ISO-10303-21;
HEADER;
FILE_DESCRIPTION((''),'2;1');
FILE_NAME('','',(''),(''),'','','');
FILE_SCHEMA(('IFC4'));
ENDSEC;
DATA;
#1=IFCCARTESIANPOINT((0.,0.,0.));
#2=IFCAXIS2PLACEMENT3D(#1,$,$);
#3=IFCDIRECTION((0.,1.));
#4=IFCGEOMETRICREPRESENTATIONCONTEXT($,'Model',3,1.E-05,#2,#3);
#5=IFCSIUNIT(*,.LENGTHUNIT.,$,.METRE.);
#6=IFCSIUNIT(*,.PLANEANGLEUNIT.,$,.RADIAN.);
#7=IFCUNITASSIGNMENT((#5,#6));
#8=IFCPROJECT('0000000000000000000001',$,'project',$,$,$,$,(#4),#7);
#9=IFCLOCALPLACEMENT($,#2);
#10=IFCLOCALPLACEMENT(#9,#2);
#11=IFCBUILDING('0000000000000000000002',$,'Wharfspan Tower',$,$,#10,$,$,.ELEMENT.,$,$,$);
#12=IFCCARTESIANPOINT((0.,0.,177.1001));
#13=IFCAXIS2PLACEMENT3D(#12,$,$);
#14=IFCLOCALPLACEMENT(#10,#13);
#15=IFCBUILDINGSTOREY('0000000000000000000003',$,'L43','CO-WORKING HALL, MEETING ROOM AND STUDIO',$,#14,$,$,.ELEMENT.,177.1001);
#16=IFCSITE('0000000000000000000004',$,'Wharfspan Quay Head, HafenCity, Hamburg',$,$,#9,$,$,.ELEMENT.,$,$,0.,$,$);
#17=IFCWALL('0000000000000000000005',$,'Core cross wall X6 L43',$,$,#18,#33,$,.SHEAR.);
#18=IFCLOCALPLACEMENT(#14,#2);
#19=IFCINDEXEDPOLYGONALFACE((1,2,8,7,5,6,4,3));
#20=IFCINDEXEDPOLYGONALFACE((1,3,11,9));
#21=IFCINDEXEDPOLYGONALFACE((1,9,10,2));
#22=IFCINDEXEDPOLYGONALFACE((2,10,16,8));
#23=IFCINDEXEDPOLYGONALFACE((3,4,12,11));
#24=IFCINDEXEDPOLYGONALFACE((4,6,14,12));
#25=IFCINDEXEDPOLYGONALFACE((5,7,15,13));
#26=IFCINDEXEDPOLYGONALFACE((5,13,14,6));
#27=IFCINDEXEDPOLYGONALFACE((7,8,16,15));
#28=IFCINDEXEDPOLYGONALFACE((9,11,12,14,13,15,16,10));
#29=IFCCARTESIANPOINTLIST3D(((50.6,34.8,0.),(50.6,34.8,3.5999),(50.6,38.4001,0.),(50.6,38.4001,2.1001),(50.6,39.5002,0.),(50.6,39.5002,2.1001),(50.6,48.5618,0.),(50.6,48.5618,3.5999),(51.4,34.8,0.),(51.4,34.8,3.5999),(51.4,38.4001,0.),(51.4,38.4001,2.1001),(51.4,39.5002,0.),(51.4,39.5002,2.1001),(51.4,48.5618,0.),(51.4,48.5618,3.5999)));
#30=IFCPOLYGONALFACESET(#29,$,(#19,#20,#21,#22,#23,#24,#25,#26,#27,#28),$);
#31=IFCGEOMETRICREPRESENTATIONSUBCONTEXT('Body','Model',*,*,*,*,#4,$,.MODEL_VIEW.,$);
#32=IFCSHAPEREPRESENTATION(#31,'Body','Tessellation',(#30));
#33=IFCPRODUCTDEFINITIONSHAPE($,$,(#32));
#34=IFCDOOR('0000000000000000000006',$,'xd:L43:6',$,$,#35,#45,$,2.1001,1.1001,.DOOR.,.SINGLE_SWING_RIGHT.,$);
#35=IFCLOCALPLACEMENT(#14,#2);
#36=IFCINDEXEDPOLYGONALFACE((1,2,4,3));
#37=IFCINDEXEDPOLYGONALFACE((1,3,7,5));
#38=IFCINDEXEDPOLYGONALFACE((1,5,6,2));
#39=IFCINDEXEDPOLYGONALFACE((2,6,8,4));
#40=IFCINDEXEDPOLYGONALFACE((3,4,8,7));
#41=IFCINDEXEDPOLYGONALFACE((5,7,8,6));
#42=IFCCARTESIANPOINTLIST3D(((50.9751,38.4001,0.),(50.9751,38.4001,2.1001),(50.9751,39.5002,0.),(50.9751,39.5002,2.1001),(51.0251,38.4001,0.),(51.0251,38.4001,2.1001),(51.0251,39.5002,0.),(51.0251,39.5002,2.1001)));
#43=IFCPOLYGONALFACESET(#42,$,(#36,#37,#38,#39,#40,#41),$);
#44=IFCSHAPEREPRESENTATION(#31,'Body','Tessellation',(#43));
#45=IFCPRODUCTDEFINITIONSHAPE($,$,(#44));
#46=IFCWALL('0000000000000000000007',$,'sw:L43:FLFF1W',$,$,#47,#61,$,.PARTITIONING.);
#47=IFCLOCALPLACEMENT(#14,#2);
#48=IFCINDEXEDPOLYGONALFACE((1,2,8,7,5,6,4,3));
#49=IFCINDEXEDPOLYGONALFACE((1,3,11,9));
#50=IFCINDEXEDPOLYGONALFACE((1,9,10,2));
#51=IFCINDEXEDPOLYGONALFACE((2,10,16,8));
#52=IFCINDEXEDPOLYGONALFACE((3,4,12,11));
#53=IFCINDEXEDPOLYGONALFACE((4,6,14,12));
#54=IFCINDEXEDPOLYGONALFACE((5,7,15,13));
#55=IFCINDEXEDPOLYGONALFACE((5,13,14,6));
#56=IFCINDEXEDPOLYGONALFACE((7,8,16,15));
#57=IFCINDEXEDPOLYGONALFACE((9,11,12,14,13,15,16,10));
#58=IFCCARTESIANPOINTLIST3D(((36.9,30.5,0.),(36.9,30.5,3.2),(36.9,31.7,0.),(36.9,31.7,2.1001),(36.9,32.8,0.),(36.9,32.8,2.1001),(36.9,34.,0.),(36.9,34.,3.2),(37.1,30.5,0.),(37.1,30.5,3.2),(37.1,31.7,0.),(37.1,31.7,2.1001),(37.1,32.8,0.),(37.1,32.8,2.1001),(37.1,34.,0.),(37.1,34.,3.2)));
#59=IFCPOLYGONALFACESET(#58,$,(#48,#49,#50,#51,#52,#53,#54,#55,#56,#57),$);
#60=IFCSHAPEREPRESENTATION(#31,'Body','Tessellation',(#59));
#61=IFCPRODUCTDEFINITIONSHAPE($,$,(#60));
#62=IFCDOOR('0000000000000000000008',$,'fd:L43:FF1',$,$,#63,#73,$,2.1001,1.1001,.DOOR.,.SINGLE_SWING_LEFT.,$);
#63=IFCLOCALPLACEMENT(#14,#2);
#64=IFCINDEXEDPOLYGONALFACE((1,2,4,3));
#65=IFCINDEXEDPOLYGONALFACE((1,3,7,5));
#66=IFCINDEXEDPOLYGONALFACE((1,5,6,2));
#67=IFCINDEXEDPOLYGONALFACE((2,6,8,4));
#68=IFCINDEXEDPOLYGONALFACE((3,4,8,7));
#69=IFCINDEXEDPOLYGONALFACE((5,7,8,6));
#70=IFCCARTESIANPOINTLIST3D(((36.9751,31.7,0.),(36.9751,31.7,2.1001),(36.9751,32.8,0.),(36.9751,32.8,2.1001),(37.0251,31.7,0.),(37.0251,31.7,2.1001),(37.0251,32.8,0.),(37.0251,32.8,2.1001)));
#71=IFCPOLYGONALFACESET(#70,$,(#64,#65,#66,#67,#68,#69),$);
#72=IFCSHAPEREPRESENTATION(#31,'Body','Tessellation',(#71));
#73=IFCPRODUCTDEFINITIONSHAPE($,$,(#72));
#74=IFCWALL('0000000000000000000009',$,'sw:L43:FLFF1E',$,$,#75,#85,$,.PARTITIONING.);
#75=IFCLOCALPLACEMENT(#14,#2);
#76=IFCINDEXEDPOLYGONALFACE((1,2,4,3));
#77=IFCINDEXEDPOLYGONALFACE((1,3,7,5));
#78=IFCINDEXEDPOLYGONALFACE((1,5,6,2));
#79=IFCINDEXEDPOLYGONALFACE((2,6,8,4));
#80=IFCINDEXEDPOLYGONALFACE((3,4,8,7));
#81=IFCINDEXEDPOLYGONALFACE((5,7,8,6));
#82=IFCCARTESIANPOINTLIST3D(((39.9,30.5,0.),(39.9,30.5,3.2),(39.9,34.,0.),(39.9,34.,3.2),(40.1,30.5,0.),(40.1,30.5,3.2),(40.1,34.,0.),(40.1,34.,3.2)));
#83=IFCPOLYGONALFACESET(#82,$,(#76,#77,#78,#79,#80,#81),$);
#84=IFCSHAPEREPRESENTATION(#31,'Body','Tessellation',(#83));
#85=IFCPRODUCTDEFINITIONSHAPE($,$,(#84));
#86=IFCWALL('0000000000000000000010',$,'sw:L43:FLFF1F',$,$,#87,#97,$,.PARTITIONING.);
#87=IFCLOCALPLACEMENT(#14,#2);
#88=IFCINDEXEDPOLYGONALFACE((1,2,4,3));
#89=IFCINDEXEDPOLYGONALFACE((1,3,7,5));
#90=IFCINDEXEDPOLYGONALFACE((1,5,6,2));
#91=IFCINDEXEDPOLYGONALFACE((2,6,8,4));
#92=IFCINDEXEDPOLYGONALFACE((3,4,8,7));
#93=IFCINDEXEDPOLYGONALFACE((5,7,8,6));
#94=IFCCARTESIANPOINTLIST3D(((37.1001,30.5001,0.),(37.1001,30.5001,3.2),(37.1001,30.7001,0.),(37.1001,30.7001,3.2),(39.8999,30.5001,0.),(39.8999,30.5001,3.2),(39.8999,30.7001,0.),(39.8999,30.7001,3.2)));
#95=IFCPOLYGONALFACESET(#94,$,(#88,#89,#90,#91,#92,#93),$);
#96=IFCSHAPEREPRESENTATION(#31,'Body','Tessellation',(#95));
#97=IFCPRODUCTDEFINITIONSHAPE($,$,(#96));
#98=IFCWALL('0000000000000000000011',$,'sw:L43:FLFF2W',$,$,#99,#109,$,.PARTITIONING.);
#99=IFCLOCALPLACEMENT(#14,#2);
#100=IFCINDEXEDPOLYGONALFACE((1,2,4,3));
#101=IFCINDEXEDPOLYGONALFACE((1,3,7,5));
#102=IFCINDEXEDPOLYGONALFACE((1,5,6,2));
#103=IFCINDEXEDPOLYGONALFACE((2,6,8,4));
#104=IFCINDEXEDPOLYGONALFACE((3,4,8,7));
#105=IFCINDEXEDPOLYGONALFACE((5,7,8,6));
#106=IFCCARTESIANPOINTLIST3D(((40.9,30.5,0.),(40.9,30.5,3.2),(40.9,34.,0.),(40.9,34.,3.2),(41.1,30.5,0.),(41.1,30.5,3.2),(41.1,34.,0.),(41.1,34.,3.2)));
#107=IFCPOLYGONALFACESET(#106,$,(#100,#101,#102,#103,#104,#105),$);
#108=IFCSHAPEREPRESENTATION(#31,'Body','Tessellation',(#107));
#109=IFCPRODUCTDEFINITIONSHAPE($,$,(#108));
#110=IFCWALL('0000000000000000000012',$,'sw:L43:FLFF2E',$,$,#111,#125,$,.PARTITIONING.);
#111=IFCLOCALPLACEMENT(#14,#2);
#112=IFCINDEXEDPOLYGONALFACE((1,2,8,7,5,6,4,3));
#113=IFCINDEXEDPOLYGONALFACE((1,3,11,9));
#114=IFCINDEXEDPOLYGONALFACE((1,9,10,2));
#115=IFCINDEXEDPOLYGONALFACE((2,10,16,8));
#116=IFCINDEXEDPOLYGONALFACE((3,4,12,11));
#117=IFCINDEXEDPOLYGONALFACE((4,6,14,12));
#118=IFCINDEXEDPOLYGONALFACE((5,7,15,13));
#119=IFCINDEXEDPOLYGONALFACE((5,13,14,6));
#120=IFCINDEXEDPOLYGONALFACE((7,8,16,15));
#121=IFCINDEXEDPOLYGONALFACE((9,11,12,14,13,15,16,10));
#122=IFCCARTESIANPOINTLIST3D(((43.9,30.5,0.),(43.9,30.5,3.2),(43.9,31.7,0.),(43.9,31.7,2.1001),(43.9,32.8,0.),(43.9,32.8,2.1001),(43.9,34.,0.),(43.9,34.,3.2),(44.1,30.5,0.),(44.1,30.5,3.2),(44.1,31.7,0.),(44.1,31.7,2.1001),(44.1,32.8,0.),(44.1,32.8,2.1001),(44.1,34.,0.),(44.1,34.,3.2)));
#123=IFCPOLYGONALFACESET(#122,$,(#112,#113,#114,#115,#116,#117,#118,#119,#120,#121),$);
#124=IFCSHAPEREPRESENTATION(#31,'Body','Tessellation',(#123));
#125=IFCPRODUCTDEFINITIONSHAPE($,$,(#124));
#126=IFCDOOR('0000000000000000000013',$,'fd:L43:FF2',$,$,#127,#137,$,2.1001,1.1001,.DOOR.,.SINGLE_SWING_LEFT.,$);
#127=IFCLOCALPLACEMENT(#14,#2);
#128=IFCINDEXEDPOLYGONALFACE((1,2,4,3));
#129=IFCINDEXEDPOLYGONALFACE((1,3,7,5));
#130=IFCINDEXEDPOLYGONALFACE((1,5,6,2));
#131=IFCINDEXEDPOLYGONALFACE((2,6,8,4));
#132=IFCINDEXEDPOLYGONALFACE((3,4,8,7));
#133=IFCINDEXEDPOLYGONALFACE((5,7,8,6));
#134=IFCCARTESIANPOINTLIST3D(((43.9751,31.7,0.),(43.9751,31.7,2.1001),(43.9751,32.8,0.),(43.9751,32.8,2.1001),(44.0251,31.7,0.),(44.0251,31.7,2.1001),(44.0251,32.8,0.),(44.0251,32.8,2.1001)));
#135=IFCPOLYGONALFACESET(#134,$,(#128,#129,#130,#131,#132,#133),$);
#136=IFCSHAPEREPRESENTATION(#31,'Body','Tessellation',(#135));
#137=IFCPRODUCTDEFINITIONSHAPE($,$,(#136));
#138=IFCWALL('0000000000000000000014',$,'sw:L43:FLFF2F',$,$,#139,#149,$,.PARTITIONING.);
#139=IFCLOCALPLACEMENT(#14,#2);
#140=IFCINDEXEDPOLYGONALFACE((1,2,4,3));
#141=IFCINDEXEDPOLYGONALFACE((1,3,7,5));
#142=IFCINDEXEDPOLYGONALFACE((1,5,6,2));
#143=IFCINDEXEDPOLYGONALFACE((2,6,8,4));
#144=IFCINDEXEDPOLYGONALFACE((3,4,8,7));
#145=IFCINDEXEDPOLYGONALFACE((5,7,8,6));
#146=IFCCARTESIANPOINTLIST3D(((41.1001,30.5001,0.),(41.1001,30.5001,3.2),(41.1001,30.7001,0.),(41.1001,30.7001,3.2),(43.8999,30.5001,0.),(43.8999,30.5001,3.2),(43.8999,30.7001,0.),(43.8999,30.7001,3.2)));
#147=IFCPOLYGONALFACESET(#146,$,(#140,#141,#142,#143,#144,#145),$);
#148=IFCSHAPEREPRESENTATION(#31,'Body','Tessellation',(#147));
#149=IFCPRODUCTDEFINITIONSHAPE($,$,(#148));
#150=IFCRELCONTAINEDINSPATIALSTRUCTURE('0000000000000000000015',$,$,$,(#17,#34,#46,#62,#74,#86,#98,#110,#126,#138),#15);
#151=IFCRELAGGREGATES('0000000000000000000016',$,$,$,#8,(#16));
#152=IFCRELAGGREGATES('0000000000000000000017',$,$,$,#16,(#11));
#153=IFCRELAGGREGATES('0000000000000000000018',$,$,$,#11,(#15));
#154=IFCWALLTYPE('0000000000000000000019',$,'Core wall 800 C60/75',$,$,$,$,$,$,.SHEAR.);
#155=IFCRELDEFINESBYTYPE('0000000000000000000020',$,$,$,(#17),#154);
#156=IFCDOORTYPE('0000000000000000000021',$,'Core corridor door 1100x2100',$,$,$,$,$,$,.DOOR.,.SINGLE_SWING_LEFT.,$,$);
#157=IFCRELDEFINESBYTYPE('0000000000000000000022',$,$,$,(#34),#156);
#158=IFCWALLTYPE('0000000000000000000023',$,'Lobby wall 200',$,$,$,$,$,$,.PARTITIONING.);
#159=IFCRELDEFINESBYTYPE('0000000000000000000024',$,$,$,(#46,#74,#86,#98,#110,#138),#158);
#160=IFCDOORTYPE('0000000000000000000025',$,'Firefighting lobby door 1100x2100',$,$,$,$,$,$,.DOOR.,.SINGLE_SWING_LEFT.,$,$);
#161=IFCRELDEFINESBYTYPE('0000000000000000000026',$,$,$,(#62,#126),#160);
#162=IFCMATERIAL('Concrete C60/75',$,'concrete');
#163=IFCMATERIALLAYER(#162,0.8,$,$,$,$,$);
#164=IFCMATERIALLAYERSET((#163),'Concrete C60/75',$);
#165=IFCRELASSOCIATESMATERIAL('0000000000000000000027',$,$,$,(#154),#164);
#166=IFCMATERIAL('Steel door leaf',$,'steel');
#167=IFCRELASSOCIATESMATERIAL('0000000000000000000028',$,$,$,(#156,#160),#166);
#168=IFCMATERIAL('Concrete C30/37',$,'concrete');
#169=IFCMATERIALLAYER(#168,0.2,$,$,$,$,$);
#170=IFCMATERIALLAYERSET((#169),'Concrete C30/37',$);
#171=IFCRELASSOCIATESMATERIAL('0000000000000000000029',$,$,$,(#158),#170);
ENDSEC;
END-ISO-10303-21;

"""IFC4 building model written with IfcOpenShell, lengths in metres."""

from ifc_helpers import new_model, si_unit, direction, frame, frame_2d, origin, place, context, subcontext, project, spatial, rectangle, extrude, material, layer, layer_set, type_object, element, fill, save


model = new_model("IFC4")

# Units and contexts
model_context = context("Model", 3, precision=1e-05, world=origin(), true_north=direction((0.0, 1.0)))
body_context = subcontext(model_context, "Body", "Model", "MODEL_VIEW")
ifc_project = project(units=[si_unit("LENGTHUNIT", "METRE"), si_unit("PLANEANGLEUNIT", "RADIAN")], contexts=[model_context])

# Site, building, storey
site_placement = place(None, origin())
site = spatial("IfcSite", under=ifc_project, at=site_placement, Name="Wharfspan Quay Head, HafenCity, Hamburg", CompositionType="ELEMENT", RefElevation=0.0)
building_placement = place(site_placement, origin())
building = spatial("IfcBuilding", under=site, at=building_placement, Name="Wharfspan Tower", CompositionType="ELEMENT")
storey_placement = place(building_placement, frame((0.0, 0.0, 177.1001)))
storey = spatial("IfcBuildingStorey", under=building, at=storey_placement, Name="L43", Description="CO-WORKING HALL, MEETING ROOM AND STUDIO", CompositionType="ELEMENT", Elevation=177.1001)

# Shared definitions
ifc_material_1 = material(Name="Concrete C60/75", Category="concrete")
ifc_layer_1 = layer(ifc_material_1, 0.8)
ifc_layer_set_1 = layer_set([ifc_layer_1], Name="Concrete C60/75")
wall_type_1 = type_object("IfcWallType", Name="Core wall 800 C60/75", PredefinedType="SHEAR", material=ifc_layer_set_1)
ifc_material_2 = material(Name="Steel door leaf", Category="steel")
door_type_1 = type_object("IfcDoorType", Name="Core corridor door 1100x2100", OperationType="SINGLE_SWING_LEFT", PredefinedType="DOOR", material=ifc_material_2)

# Walls, openings, doors
wall_1_placement = place(storey_placement, frame((51.0, 34.8, 0.0), z_axis=(0.0, 0.0, 1.0), x_axis=(0.0, 1.0, 0.0)))
wall_1 = element("IfcWall", 1, at=wall_1_placement, inside=storey, type_object=wall_type_1, Name="Core cross wall X6 L43", PredefinedType="SHEAR", context=body_context, shape_type="SweptSolid", body=[
    extrude(rectangle(XDim=13.7617, YDim=0.8, at=frame_2d((6.8809, 0.0))), origin(), (0.0, 0.0, 1.0), 3.5999),
])
opening_1_placement = place(wall_1_placement, frame((3.6001, 0.0, 0.0)))
opening_1 = element("IfcOpeningElement", 2, at=opening_1_placement, cuts=wall_1, PredefinedType="OPENING", context=body_context, shape_type="SweptSolid", body=[
    extrude(rectangle(XDim=1.1001, YDim=2.1001, at=frame_2d((0.55, 1.05))), frame((0.0, 0.4099, 0.0), z_axis=(0.0, -1.0, 0.0), x_axis=(1.0, 0.0, 0.0)), (0.0, 0.0, 1.0), 0.8201),
])
door_1_placement = place(opening_1_placement, origin())
door_1 = element("IfcDoor", 3, at=door_1_placement, inside=storey, type_object=door_type_1, Name="xd:L43:6", OperationType="SINGLE_SWING_RIGHT", OverallHeight=2.1001, OverallWidth=1.1001, PredefinedType="DOOR", context=body_context, shape_type="SweptSolid", body=[
    extrude(rectangle(XDim=1.1001, YDim=2.1001, at=frame_2d((0.55, 1.05))), frame((0.0, 0.0249, 0.0), z_axis=(0.0, -1.0, 0.0), x_axis=(1.0, 0.0, 0.0)), (0.0, 0.0, 1.0), 0.05),
])
fill(opening_1, door_1)
ifc_material_3 = material(Name="Concrete C30/37", Category="concrete")
ifc_layer_2 = layer(ifc_material_3, 0.2)
ifc_layer_set_2 = layer_set([ifc_layer_2], Name="Concrete C30/37")
wall_type_2 = type_object("IfcWallType", Name="Lobby wall 200", PredefinedType="PARTITIONING", material=ifc_layer_set_2)
wall_2_placement = place(storey_placement, frame((37.0, 30.5, 0.0), z_axis=(0.0, 0.0, 1.0), x_axis=(0.0, 1.0, 0.0)))
wall_2 = element("IfcWall", 4, at=wall_2_placement, inside=storey, type_object=wall_type_2, Name="sw:L43:FLFF1W", PredefinedType="PARTITIONING", context=body_context, shape_type="SweptSolid", body=[
    extrude(rectangle(XDim=3.5, YDim=0.2, at=frame_2d((1.75, 0.0))), origin(), (0.0, 0.0, 1.0), 3.2),
])
opening_2_placement = place(wall_2_placement, frame((1.2, 0.0, 0.0)))
opening_2 = element("IfcOpeningElement", 5, at=opening_2_placement, cuts=wall_2, PredefinedType="OPENING", context=body_context, shape_type="SweptSolid", body=[
    extrude(rectangle(XDim=1.1001, YDim=2.1001, at=frame_2d((0.55, 1.05))), frame((0.0, 0.1099, 0.0), z_axis=(0.0, -1.0, 0.0), x_axis=(1.0, 0.0, 0.0)), (0.0, 0.0, 1.0), 0.22),
])
door_type_2 = type_object("IfcDoorType", Name="Firefighting lobby door 1100x2100", OperationType="SINGLE_SWING_LEFT", PredefinedType="DOOR", material=ifc_material_2)
door_2_placement = place(opening_2_placement, origin())
door_2 = element("IfcDoor", 6, at=door_2_placement, inside=storey, type_object=door_type_2, Name="fd:L43:FF1", OperationType="SINGLE_SWING_LEFT", OverallHeight=2.1001, OverallWidth=1.1001, PredefinedType="DOOR", context=body_context, shape_type="SweptSolid", body=[
    extrude(rectangle(XDim=1.1001, YDim=2.1001, at=frame_2d((0.55, 1.05))), frame((0.0, 0.0249, 0.0), z_axis=(0.0, -1.0, 0.0), x_axis=(1.0, 0.0, 0.0)), (0.0, 0.0, 1.0), 0.05),
])
fill(opening_2, door_2)

# Walls
wall_3_placement = place(storey_placement, frame((40.0, 30.5, 0.0), z_axis=(0.0, 0.0, 1.0), x_axis=(0.0, 1.0, 0.0)))
element("IfcWall", 7, at=wall_3_placement, inside=storey, type_object=wall_type_2, Name="sw:L43:FLFF1E", PredefinedType="PARTITIONING", context=body_context, shape_type="SweptSolid", body=[
    extrude(rectangle(XDim=3.5, YDim=0.2, at=frame_2d((1.75, 0.0))), origin(), (0.0, 0.0, 1.0), 3.2),
])
wall_4_placement = place(storey_placement, frame((37.1001, 30.6001, 0.0), z_axis=(0.0, 0.0, 1.0), x_axis=(1.0, 0.0, 0.0)))
element("IfcWall", 8, at=wall_4_placement, inside=storey, type_object=wall_type_2, Name="sw:L43:FLFF1F", PredefinedType="PARTITIONING", context=body_context, shape_type="SweptSolid", body=[
    extrude(rectangle(XDim=2.7998, YDim=0.2, at=frame_2d((1.3999, 0.0))), origin(), (0.0, 0.0, 1.0), 3.2),
])
wall_5_placement = place(storey_placement, frame((41.0, 30.5, 0.0), z_axis=(0.0, 0.0, 1.0), x_axis=(0.0, 1.0, 0.0)))
element("IfcWall", 9, at=wall_5_placement, inside=storey, type_object=wall_type_2, Name="sw:L43:FLFF2W", PredefinedType="PARTITIONING", context=body_context, shape_type="SweptSolid", body=[
    extrude(rectangle(XDim=3.5, YDim=0.2, at=frame_2d((1.75, 0.0))), origin(), (0.0, 0.0, 1.0), 3.2),
])

# Wall, opening, door
wall_6_placement = place(storey_placement, frame((44.0, 30.5, 0.0), z_axis=(0.0, 0.0, 1.0), x_axis=(0.0, 1.0, 0.0)))
wall_6 = element("IfcWall", 10, at=wall_6_placement, inside=storey, type_object=wall_type_2, Name="sw:L43:FLFF2E", PredefinedType="PARTITIONING", context=body_context, shape_type="SweptSolid", body=[
    extrude(rectangle(XDim=3.5, YDim=0.2, at=frame_2d((1.75, 0.0))), origin(), (0.0, 0.0, 1.0), 3.2),
])
opening_3_placement = place(wall_6_placement, frame((1.2, 0.0, 0.0)))
opening_3 = element("IfcOpeningElement", 11, at=opening_3_placement, cuts=wall_6, PredefinedType="OPENING", context=body_context, shape_type="SweptSolid", body=[
    extrude(rectangle(XDim=1.1001, YDim=2.1001, at=frame_2d((0.55, 1.05))), frame((0.0, 0.1099, 0.0), z_axis=(0.0, -1.0, 0.0), x_axis=(1.0, 0.0, 0.0)), (0.0, 0.0, 1.0), 0.22),
])
door_3_placement = place(opening_3_placement, origin())
door_3 = element("IfcDoor", 12, at=door_3_placement, inside=storey, type_object=door_type_2, Name="fd:L43:FF2", OperationType="SINGLE_SWING_LEFT", OverallHeight=2.1001, OverallWidth=1.1001, PredefinedType="DOOR", context=body_context, shape_type="SweptSolid", body=[
    extrude(rectangle(XDim=1.1001, YDim=2.1001, at=frame_2d((0.55, 1.05))), frame((0.0, 0.0249, 0.0), z_axis=(0.0, -1.0, 0.0), x_axis=(1.0, 0.0, 0.0)), (0.0, 0.0, 1.0), 0.05),
])
fill(opening_3, door_3)

# Wall
wall_7_placement = place(storey_placement, frame((41.1001, 30.6001, 0.0), z_axis=(0.0, 0.0, 1.0), x_axis=(1.0, 0.0, 0.0)))
element("IfcWall", 13, at=wall_7_placement, inside=storey, type_object=wall_type_2, Name="sw:L43:FLFF2F", PredefinedType="PARTITIONING", context=body_context, shape_type="SweptSolid", body=[
    extrude(rectangle(XDim=2.7998, YDim=0.2, at=frame_2d((1.3999, 0.0))), origin(), (0.0, 0.0, 1.0), 3.2),
])

save(model, "model.ifc")
